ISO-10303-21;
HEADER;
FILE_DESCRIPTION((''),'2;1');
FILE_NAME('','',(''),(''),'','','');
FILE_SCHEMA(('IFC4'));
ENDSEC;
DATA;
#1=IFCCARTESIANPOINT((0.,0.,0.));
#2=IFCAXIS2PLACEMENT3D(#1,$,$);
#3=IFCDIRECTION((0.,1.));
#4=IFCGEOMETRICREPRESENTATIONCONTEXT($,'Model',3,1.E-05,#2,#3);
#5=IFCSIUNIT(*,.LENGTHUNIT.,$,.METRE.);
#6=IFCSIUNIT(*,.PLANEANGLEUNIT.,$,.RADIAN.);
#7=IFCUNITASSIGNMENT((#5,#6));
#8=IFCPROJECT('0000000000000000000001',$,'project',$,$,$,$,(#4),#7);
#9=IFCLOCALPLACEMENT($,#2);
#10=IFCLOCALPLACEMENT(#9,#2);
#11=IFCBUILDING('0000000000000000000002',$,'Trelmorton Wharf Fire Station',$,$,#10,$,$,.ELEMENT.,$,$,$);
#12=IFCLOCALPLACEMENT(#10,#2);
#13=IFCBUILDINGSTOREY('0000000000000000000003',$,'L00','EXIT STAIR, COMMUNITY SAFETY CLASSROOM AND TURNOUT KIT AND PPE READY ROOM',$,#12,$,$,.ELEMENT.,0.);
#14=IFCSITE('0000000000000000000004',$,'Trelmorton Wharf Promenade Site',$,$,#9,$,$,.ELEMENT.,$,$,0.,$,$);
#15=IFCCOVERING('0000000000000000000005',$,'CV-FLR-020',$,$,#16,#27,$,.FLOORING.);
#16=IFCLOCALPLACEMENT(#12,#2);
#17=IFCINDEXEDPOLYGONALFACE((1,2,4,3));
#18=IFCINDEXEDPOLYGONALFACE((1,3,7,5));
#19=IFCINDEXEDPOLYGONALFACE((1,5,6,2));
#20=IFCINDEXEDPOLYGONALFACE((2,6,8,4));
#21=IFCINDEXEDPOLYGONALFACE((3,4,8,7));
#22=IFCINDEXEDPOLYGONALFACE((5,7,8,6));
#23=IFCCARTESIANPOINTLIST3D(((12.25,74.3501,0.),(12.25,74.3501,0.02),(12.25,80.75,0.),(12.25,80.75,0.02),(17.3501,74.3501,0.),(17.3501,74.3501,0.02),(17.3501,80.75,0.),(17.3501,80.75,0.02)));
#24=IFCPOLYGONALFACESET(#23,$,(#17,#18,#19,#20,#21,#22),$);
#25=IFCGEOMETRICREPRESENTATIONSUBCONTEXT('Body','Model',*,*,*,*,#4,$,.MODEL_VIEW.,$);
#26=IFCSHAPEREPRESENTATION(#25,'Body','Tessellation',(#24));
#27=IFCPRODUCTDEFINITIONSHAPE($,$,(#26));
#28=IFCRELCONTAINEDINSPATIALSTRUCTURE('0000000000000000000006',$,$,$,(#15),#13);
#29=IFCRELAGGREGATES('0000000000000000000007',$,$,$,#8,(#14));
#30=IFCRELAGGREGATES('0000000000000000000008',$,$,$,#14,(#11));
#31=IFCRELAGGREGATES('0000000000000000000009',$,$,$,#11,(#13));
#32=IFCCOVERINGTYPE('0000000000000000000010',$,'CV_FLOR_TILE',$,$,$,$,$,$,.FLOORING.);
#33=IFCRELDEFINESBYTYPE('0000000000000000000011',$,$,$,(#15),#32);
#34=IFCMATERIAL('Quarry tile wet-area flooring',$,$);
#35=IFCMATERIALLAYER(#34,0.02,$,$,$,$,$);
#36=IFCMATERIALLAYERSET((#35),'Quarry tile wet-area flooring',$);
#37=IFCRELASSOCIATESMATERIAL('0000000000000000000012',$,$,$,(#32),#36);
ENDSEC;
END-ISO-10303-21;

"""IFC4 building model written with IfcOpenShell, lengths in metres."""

from ifc_helpers import new_model, si_unit, direction, origin, place, context, subcontext, project, spatial, polyline, outline, extrude, material, layer, layer_set, type_object, element, save


model = new_model("IFC4")

# Units and contexts
model_context = context("Model", 3, precision=1e-05, world=origin(), true_north=direction((0.0, 1.0)))
body_context = subcontext(model_context, "Body", "Model", "MODEL_VIEW")
ifc_project = project(units=[si_unit("LENGTHUNIT", "METRE"), si_unit("PLANEANGLEUNIT", "RADIAN")], contexts=[model_context])

# Site, building, storey
site_placement = place(None, origin())
site = spatial("IfcSite", under=ifc_project, at=site_placement, Name="Trelmorton Wharf Promenade Site", CompositionType="ELEMENT", RefElevation=0.0)
building_placement = place(site_placement, origin())
building = spatial("IfcBuilding", under=site, at=building_placement, Name="Trelmorton Wharf Fire Station", CompositionType="ELEMENT")
storey_placement = place(building_placement, origin())
storey = spatial("IfcBuildingStorey", under=building, at=storey_placement, Name="L00", Description="EXIT STAIR, COMMUNITY SAFETY CLASSROOM AND TURNOUT KIT AND PPE READY ROOM", CompositionType="ELEMENT", Elevation=0.0)

# Covering
ifc_material_1 = material(Name="Quarry tile wet-area flooring")
ifc_layer_1 = layer(ifc_material_1, 0.02)
ifc_layer_set_1 = layer_set([ifc_layer_1], Name="Quarry tile wet-area flooring")
covering_type_1 = type_object("IfcCoveringType", Name="CV_FLOR_TILE", PredefinedType="FLOORING", material=ifc_layer_set_1)
covering_1_placement = place(storey_placement, origin())
element("IfcCovering", 1, at=covering_1_placement, inside=storey, type_object=covering_type_1, Name="CV-FLR-020", PredefinedType="FLOORING", context=body_context, shape_type="SweptSolid", body=[
    extrude(outline(polyline([(17.3501, 74.3501), (17.3501, 80.75), (12.25, 80.75), (12.25, 74.3501), (17.3501, 74.3501)])), origin(), (0.0, 0.0, 1.0), 0.02),
])

save(model, "model.ifc")
